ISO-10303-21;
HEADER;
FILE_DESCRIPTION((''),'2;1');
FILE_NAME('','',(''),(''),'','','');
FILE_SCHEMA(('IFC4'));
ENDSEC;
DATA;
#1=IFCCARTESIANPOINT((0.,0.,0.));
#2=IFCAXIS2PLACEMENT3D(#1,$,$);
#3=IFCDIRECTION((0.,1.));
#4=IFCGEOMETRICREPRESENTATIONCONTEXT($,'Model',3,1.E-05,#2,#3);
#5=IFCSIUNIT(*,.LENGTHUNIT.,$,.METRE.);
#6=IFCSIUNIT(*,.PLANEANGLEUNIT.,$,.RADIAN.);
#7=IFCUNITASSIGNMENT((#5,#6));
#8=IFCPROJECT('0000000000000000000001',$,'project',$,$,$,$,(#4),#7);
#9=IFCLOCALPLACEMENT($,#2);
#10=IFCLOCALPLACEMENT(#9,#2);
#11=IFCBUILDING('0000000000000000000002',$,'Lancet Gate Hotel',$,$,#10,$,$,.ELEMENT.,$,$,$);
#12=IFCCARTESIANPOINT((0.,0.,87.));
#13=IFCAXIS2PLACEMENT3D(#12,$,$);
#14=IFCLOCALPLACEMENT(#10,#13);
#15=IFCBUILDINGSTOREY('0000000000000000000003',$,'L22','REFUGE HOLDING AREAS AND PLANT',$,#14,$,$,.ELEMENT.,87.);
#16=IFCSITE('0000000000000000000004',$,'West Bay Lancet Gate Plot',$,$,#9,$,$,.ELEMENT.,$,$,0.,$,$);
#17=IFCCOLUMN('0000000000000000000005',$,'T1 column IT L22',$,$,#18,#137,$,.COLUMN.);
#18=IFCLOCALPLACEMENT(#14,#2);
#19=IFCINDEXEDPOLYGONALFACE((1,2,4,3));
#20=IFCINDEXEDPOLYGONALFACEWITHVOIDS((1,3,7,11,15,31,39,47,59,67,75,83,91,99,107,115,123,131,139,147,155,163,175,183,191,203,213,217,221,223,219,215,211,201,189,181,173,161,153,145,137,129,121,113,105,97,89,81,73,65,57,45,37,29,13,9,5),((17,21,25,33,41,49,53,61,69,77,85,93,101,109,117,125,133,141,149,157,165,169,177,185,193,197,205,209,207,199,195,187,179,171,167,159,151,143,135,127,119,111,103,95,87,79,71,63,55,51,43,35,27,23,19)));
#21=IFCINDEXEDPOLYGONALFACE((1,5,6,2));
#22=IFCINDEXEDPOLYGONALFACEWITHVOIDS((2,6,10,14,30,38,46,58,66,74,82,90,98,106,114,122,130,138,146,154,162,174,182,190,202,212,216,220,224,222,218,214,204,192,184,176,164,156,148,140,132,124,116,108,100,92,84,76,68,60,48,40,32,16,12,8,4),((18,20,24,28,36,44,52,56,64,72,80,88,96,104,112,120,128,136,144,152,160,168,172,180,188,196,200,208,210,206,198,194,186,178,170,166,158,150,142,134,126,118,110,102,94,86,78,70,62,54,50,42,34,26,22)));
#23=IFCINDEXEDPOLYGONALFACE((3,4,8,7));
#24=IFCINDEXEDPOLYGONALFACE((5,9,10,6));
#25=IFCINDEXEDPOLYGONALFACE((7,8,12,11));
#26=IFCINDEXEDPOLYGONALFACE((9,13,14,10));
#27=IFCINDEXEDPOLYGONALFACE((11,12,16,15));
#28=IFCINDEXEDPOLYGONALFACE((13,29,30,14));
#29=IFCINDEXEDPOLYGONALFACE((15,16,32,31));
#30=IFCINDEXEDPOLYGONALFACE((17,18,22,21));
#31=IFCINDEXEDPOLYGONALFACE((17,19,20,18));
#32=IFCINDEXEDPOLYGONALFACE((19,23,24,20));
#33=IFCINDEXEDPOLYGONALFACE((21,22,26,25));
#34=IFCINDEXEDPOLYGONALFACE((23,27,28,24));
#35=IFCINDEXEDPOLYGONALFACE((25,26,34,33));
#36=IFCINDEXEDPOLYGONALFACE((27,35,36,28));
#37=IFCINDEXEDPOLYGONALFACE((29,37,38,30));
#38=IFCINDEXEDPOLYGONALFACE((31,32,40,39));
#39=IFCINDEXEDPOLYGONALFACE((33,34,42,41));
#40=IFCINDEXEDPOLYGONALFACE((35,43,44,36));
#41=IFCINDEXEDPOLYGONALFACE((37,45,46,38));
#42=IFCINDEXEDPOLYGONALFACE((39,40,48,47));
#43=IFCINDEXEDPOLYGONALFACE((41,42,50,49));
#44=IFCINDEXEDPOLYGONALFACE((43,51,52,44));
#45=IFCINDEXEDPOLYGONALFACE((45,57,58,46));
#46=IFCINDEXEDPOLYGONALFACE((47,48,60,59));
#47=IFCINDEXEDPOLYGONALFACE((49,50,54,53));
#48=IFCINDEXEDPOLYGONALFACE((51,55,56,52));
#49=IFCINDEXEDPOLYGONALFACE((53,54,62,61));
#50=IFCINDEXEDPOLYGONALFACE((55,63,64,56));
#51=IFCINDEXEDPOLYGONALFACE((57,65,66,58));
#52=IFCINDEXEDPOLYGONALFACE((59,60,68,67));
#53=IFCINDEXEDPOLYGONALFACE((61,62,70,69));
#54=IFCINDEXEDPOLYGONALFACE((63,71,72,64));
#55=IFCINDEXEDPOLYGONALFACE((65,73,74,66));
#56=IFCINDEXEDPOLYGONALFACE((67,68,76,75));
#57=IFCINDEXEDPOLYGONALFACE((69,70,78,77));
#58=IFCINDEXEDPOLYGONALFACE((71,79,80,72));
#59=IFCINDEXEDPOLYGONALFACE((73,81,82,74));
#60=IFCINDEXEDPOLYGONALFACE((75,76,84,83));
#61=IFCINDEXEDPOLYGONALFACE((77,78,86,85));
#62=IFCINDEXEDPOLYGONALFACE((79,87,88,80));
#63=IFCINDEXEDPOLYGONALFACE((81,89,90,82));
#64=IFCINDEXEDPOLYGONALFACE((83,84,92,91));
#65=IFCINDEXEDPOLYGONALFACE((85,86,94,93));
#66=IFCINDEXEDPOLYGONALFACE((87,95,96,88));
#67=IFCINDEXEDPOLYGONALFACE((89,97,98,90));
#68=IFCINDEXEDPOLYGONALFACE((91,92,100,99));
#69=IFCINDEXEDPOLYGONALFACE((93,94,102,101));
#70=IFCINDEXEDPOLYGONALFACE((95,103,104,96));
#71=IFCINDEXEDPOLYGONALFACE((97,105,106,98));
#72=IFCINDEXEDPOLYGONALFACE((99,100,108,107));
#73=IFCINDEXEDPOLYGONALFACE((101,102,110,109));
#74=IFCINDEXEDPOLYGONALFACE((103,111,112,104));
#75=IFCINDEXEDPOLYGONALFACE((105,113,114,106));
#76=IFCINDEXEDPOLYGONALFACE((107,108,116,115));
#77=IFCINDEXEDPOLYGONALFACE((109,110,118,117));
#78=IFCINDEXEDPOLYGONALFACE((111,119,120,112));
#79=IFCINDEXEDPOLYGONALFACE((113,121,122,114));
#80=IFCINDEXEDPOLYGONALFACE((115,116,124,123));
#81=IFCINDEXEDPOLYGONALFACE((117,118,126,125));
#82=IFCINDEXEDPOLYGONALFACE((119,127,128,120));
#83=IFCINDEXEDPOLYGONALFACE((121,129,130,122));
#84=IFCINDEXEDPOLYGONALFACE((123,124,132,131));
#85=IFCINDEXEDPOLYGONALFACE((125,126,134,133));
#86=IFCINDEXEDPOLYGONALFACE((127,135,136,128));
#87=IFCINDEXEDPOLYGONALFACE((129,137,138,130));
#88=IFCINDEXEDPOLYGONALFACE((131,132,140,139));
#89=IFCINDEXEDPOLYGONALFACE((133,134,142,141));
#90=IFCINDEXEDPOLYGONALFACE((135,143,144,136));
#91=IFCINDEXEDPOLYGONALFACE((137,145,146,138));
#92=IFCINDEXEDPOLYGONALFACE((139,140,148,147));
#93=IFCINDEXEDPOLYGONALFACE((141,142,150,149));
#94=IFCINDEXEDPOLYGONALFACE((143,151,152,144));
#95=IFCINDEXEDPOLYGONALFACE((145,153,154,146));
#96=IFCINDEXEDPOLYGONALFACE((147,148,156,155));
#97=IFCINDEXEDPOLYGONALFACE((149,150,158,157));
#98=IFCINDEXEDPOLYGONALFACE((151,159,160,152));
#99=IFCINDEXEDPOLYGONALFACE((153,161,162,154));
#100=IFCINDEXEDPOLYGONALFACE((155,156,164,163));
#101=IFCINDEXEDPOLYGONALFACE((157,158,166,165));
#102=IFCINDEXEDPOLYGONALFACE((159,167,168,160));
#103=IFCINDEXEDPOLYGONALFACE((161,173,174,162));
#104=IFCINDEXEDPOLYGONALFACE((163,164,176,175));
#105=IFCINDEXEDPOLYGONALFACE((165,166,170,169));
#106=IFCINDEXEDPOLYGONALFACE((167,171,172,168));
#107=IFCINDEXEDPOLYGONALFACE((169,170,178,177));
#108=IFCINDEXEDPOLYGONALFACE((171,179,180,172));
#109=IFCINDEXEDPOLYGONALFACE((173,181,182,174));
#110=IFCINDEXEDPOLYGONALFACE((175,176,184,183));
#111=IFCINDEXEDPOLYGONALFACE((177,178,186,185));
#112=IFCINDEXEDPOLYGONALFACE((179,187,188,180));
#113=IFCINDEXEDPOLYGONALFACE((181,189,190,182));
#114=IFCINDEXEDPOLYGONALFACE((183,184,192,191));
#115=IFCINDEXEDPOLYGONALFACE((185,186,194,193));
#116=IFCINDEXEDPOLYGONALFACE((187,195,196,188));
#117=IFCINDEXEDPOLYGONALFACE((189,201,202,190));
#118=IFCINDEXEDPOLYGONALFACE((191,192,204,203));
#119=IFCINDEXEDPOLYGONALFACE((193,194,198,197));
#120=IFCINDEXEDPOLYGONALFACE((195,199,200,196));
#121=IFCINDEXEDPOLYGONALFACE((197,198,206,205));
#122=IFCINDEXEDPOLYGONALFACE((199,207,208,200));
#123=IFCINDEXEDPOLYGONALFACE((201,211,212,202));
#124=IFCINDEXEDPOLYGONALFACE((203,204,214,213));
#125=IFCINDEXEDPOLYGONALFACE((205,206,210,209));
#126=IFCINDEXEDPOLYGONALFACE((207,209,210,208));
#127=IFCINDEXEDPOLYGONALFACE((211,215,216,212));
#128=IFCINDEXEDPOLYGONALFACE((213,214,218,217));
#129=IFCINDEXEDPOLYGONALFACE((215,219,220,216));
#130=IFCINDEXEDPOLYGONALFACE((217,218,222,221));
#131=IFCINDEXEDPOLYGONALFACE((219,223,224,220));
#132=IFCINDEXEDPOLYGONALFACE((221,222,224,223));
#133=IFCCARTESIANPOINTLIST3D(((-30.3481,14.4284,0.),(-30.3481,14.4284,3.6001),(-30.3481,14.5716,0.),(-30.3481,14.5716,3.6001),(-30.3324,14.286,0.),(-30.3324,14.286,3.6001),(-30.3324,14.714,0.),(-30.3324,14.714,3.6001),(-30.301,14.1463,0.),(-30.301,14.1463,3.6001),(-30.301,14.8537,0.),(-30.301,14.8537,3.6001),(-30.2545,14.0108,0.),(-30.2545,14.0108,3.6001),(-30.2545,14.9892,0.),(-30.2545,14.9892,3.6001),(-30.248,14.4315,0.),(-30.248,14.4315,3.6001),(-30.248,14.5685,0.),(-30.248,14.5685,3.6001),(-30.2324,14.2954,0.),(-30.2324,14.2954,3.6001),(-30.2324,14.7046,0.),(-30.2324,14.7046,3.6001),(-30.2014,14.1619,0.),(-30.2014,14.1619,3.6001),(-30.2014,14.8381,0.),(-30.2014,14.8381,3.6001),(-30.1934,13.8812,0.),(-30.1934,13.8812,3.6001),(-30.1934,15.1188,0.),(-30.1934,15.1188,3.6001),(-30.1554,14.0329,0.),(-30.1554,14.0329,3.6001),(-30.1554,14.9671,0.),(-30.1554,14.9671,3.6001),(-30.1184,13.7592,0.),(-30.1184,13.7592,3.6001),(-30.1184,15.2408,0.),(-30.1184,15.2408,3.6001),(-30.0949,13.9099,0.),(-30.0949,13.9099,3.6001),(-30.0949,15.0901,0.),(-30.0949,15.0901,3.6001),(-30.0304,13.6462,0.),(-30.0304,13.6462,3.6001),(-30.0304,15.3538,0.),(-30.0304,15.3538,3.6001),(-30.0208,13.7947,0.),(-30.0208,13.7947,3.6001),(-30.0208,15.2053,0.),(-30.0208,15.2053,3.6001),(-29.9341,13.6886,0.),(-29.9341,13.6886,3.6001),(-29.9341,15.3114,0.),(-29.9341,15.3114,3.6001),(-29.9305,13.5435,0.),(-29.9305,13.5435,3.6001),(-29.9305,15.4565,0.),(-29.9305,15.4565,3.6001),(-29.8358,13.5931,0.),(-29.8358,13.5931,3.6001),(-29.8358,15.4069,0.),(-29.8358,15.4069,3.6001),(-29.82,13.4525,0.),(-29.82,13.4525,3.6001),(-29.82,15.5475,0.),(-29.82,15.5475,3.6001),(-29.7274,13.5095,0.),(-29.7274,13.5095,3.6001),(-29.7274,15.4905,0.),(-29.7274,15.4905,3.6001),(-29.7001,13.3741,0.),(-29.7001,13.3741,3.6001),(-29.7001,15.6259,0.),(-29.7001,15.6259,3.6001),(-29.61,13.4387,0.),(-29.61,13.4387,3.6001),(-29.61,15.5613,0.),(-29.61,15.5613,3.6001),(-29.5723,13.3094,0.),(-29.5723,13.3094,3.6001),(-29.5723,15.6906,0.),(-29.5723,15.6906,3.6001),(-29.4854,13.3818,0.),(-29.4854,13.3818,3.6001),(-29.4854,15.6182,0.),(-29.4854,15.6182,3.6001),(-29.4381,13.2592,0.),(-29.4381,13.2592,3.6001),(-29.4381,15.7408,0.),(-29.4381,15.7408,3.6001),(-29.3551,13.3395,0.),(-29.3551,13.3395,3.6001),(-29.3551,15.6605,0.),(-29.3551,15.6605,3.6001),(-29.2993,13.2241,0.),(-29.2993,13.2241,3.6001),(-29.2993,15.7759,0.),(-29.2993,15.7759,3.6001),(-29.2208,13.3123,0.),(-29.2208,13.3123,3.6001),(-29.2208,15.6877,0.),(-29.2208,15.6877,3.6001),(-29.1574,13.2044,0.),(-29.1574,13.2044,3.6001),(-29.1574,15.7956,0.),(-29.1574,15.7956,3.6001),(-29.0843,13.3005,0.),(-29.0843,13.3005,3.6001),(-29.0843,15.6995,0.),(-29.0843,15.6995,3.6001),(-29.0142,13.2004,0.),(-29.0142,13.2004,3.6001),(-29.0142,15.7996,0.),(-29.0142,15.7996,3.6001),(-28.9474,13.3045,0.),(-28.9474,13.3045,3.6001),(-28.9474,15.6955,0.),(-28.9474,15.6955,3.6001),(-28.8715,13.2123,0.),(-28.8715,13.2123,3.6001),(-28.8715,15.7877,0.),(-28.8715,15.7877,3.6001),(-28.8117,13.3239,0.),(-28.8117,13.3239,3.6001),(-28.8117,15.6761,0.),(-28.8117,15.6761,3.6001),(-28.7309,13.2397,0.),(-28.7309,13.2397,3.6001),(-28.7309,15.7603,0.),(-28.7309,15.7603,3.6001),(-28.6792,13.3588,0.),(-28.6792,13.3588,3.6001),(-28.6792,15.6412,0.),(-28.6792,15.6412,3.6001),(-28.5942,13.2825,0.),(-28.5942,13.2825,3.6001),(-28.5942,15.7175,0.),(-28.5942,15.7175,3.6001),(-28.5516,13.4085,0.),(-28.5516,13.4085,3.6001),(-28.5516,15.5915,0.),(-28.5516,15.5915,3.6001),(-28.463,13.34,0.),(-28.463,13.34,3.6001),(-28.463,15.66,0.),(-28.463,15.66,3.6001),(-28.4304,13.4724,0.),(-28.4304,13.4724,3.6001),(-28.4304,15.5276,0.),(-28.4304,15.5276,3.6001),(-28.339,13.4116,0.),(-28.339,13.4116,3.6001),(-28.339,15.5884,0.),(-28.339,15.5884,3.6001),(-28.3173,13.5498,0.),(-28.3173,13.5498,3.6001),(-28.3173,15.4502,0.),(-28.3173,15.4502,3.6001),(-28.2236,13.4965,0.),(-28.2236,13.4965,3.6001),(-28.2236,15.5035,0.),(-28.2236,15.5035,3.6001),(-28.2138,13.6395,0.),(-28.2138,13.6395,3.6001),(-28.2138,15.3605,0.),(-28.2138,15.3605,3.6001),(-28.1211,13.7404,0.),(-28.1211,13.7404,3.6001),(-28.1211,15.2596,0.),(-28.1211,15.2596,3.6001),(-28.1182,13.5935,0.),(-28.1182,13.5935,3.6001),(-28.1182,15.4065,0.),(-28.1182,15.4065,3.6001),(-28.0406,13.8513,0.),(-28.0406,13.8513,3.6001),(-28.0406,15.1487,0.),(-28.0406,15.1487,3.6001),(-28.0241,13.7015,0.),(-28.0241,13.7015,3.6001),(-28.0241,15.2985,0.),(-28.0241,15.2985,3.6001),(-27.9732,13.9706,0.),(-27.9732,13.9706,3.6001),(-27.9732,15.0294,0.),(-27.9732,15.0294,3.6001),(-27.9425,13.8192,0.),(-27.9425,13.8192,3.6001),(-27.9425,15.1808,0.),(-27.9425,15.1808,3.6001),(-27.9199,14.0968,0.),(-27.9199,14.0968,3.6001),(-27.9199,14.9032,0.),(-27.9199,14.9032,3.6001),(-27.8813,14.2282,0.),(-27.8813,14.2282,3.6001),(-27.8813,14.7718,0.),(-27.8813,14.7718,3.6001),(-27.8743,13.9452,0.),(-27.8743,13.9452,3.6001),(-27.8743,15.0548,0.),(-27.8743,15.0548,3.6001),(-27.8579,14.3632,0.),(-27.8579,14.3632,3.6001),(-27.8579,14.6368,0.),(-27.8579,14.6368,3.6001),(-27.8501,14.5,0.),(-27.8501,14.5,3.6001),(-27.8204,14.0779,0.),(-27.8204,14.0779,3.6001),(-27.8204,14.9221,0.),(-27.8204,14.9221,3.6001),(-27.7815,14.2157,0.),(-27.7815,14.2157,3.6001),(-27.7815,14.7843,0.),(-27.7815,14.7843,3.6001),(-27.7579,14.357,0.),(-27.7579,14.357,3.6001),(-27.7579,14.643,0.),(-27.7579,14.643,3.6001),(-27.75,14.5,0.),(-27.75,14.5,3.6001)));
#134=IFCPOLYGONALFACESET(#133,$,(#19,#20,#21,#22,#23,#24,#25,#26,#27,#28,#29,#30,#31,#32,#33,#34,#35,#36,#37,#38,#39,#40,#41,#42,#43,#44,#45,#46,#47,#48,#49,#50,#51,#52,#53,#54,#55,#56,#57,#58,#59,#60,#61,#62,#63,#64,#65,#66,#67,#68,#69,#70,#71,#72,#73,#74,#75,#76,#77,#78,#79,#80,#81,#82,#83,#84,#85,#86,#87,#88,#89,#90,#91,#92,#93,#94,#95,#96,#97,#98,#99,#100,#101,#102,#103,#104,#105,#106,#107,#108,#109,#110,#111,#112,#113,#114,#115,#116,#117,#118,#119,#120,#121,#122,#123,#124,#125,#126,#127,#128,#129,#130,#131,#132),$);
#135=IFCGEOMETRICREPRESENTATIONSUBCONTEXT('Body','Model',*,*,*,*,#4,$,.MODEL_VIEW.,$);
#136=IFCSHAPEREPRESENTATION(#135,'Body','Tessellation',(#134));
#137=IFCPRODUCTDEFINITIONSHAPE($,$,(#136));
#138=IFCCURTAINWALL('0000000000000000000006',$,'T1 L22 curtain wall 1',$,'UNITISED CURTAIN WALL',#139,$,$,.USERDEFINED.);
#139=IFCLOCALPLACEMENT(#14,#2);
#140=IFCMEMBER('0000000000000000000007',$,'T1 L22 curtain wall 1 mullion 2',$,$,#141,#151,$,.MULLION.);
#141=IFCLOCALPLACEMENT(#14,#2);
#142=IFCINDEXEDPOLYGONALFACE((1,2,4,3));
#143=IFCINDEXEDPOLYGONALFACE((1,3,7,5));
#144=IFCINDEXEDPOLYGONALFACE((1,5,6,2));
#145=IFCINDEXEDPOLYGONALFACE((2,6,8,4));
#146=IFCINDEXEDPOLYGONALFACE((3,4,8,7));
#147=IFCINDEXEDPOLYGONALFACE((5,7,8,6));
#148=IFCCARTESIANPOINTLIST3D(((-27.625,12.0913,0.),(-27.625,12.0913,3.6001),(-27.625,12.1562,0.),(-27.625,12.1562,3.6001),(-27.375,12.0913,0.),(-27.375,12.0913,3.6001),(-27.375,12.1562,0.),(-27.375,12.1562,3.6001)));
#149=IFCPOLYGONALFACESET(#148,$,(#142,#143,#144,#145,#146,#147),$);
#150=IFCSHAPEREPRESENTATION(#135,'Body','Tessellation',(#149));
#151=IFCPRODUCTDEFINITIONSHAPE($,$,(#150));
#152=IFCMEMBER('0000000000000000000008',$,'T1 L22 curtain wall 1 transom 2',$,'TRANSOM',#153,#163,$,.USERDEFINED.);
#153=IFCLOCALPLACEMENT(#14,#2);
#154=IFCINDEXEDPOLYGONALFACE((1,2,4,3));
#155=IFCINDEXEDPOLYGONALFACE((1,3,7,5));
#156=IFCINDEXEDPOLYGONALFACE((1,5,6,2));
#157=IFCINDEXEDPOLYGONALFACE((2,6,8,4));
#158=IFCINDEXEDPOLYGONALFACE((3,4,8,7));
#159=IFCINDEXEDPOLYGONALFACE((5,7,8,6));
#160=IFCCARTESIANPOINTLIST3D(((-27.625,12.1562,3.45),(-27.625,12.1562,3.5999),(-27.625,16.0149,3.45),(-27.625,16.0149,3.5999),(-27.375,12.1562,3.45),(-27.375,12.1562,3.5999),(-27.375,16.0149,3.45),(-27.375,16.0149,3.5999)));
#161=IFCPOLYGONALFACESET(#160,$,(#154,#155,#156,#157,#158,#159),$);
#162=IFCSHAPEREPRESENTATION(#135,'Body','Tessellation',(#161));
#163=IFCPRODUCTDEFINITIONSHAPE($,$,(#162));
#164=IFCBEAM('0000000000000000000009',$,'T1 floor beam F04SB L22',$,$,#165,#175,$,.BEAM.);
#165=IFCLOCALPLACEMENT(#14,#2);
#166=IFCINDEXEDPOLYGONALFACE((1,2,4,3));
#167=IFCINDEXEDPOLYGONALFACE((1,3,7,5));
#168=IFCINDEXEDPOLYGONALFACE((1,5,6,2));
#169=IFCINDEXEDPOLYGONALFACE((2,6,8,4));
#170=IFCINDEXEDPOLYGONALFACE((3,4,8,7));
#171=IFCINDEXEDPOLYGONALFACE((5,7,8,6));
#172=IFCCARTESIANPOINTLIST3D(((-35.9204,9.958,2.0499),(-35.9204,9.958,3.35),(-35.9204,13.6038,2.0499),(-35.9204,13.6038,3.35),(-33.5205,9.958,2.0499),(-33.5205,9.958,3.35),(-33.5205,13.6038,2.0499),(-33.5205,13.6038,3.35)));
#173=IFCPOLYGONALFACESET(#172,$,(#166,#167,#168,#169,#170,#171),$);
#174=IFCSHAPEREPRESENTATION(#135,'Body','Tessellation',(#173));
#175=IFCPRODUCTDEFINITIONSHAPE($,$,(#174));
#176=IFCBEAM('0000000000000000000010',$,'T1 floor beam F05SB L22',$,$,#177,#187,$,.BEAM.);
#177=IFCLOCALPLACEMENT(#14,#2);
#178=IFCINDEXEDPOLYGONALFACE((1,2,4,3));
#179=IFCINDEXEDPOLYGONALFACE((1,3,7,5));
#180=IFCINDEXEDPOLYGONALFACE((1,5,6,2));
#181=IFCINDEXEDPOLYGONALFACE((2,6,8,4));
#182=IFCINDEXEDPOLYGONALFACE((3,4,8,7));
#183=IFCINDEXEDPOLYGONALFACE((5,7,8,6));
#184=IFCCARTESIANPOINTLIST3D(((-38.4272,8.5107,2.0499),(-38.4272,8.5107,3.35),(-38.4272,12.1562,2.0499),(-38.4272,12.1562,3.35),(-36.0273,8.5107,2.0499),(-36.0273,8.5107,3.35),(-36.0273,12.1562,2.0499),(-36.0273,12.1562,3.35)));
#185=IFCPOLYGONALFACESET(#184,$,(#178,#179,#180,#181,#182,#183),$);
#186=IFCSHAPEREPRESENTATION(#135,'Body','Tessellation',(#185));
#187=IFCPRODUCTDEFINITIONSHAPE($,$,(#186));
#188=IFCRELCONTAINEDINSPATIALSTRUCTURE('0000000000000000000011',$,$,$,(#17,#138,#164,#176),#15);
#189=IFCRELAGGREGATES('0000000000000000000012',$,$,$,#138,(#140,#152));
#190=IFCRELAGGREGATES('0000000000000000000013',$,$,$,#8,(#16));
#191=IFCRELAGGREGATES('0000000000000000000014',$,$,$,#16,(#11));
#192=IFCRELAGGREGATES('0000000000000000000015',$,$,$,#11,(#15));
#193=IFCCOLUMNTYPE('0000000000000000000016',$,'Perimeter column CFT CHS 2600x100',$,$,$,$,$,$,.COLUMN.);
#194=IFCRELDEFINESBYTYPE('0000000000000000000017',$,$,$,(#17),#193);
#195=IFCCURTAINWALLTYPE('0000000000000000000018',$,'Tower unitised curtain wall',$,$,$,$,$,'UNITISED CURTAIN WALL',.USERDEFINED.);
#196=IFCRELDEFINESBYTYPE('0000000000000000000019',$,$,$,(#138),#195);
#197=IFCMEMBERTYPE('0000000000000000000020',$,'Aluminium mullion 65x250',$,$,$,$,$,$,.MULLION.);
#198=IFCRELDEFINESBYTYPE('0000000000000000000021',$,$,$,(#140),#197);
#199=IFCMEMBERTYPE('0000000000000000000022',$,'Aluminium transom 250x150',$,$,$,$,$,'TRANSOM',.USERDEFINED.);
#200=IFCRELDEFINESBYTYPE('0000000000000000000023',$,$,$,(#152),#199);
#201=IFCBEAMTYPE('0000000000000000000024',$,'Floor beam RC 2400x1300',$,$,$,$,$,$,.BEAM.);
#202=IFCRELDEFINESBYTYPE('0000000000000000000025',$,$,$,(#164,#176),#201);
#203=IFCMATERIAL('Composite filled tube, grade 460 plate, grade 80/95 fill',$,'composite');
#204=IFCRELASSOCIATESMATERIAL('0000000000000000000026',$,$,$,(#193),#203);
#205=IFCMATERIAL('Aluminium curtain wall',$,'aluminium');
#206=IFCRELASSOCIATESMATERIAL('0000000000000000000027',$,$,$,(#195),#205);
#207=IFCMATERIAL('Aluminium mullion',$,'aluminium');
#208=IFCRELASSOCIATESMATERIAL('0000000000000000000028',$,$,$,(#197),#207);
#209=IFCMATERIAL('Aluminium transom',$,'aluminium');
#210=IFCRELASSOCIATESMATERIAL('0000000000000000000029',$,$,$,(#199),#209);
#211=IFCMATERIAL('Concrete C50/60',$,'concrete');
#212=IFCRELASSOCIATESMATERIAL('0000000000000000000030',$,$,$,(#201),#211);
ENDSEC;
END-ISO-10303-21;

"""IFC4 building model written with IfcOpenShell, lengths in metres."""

from ifc_helpers import new_model, si_unit, direction, frame, origin, origin_2d, place, context, subcontext, project, spatial, rectangle, hollow_circle, extrude, material, material_profile, profile_set, type_object, element, aggregate, save


model = new_model("IFC4")

# Units and contexts
model_context = context("Model", 3, precision=1e-05, world=origin(), true_north=direction((0.0, 1.0)))
body_context = subcontext(model_context, "Body", "Model", "MODEL_VIEW")
ifc_project = project(units=[si_unit("LENGTHUNIT", "METRE"), si_unit("PLANEANGLEUNIT", "RADIAN")], contexts=[model_context])

# Site, building, storey
site_placement = place(None, origin())
site = spatial("IfcSite", under=ifc_project, at=site_placement, Name="West Bay Lancet Gate Plot", CompositionType="ELEMENT", RefElevation=0.0)
building_placement = place(site_placement, origin())
building = spatial("IfcBuilding", under=site, at=building_placement, Name="Lancet Gate Hotel", CompositionType="ELEMENT")
storey_placement = place(building_placement, frame((0.0, 0.0, 87.0)))
storey = spatial("IfcBuildingStorey", under=building, at=storey_placement, Name="L22", Description="REFUGE HOLDING AREAS AND PLANT", CompositionType="ELEMENT", Elevation=87.0)

# Column
ifc_material_1 = material(Name="Composite filled tube, grade 460 plate, grade 80/95 fill", Category="composite")
ifc_material_profile_1 = material_profile(ifc_material_1, hollow_circle(Radius=1.3, WallThickness=0.1001, at=origin_2d()), Name="CHS 2600x100")
ifc_profile_set_1 = profile_set([ifc_material_profile_1], Name="Composite filled tube, grade 460 plate, grade 80/95 fill")
column_type = type_object("IfcColumnType", Name="Perimeter column CFT CHS 2600x100", PredefinedType="COLUMN", material=ifc_profile_set_1)
for number, where, z_axis, x_axis, name in (
    (1, (-29.05, 14.5, 0.0), (0.0, 0.0, 1.0), (1.0, 0.0, 0.0), "T1 column IT L22"),
):
    element("IfcColumn", number, at=place(storey_placement, frame(where, z_axis=z_axis, x_axis=x_axis)), inside=storey, type_object=column_type, Name=name, PredefinedType="COLUMN", context=body_context, shape_type="SweptSolid", body=[
        extrude(hollow_circle(Radius=1.3, WallThickness=0.1001, at=origin_2d()), origin(), (0.0, 0.0, 1.0), 3.6001),
    ])

# Curtain wall, members
ifc_material_2 = material(Name="Aluminium curtain wall", Category="aluminium")
curtain_wall_type = type_object("IfcCurtainWallType", Name="Tower unitised curtain wall", ElementType="UNITISED CURTAIN WALL", PredefinedType="USERDEFINED", material=ifc_material_2)
curtain_wall_placement = place(storey_placement, origin())
curtain_wall = element("IfcCurtainWall", 2, at=curtain_wall_placement, inside=storey, type_object=curtain_wall_type, Name="T1 L22 curtain wall 1", ObjectType="UNITISED CURTAIN WALL", PredefinedType="USERDEFINED")
ifc_material_3 = material(Name="Aluminium mullion", Category="aluminium")
ifc_material_profile_2 = material_profile(ifc_material_3, rectangle(XDim=0.0649, YDim=0.25, at=origin_2d()), Name="MULLION 65x250")
ifc_profile_set_2 = profile_set([ifc_material_profile_2], Name="Aluminium mullion")
member_type_1 = type_object("IfcMemberType", Name="Aluminium mullion 65x250", PredefinedType="MULLION", material=ifc_profile_set_2)
member_1_placement = place(storey_placement, frame((-27.5, 12.1238, 0.0), z_axis=(0.0, 0.0, 1.0), x_axis=(0.0, 1.0, 0.0)))
member_1 = element("IfcMember", 3, at=member_1_placement, type_object=member_type_1, Name="T1 L22 curtain wall 1 mullion 2", PredefinedType="MULLION", context=body_context, shape_type="SweptSolid", body=[
    extrude(rectangle(XDim=0.0649, YDim=0.25, at=origin_2d()), origin(), (0.0, 0.0, 1.0), 3.6001),
])
ifc_material_4 = material(Name="Aluminium transom", Category="aluminium")
ifc_material_profile_3 = material_profile(ifc_material_4, rectangle(XDim=0.25, YDim=0.1499, at=origin_2d()), Name="TRANSOM 250x150")
ifc_profile_set_3 = profile_set([ifc_material_profile_3], Name="Aluminium transom")
member_type_2 = type_object("IfcMemberType", Name="Aluminium transom 250x150", ElementType="TRANSOM", PredefinedType="USERDEFINED", material=ifc_profile_set_3)
member_2_placement = place(storey_placement, frame((-27.5, 12.1562, 3.5249), z_axis=(0.0, 1.0, 0.0), x_axis=(-1.0, 0.0, 0.0)))
member_2 = element("IfcMember", 4, at=member_2_placement, type_object=member_type_2, Name="T1 L22 curtain wall 1 transom 2", ObjectType="TRANSOM", PredefinedType="USERDEFINED", context=body_context, shape_type="SweptSolid", body=[
    extrude(rectangle(XDim=0.25, YDim=0.1499, at=origin_2d()), origin(), (0.0, 0.0, 1.0), 3.8586),
])

# Beams
ifc_material_5 = material(Name="Concrete C50/60", Category="concrete")
ifc_material_profile_4 = material_profile(ifc_material_5, rectangle(XDim=2.3999, YDim=1.3, at=origin_2d()), Name="RC 2400x1300")
ifc_profile_set_4 = profile_set([ifc_material_profile_4], Name="Concrete C50/60")
beam_type_1 = type_object("IfcBeamType", Name="Floor beam RC 2400x1300", PredefinedType="BEAM", material=ifc_profile_set_4)
beam_1_placement = place(storey_placement, frame((-34.7205, 13.6038, 2.7), z_axis=(0.0, -1.0, 0.0), x_axis=(1.0, 0.0, 0.0)))
element("IfcBeam", 5, at=beam_1_placement, inside=storey, type_object=beam_type_1, Name="T1 floor beam F04SB L22", PredefinedType="BEAM", context=body_context, shape_type="SweptSolid", body=[
    extrude(rectangle(XDim=2.3999, YDim=1.3, at=origin_2d()), origin(), (0.0, 0.0, 1.0), 3.6458),
])
beam_2_placement = place(storey_placement, frame((-37.2273, 12.1562, 2.7), z_axis=(0.0, -1.0, 0.0), x_axis=(1.0, 0.0, 0.0)))
element("IfcBeam", 6, at=beam_2_placement, inside=storey, type_object=beam_type_1, Name="T1 floor beam F05SB L22", PredefinedType="BEAM", context=body_context, shape_type="SweptSolid", body=[
    extrude(rectangle(XDim=2.3999, YDim=1.3, at=origin_2d()), origin(), (0.0, 0.0, 1.0), 3.6455),
])

aggregate(curtain_wall, [member_1, member_2])

save(model, "model.ifc")
